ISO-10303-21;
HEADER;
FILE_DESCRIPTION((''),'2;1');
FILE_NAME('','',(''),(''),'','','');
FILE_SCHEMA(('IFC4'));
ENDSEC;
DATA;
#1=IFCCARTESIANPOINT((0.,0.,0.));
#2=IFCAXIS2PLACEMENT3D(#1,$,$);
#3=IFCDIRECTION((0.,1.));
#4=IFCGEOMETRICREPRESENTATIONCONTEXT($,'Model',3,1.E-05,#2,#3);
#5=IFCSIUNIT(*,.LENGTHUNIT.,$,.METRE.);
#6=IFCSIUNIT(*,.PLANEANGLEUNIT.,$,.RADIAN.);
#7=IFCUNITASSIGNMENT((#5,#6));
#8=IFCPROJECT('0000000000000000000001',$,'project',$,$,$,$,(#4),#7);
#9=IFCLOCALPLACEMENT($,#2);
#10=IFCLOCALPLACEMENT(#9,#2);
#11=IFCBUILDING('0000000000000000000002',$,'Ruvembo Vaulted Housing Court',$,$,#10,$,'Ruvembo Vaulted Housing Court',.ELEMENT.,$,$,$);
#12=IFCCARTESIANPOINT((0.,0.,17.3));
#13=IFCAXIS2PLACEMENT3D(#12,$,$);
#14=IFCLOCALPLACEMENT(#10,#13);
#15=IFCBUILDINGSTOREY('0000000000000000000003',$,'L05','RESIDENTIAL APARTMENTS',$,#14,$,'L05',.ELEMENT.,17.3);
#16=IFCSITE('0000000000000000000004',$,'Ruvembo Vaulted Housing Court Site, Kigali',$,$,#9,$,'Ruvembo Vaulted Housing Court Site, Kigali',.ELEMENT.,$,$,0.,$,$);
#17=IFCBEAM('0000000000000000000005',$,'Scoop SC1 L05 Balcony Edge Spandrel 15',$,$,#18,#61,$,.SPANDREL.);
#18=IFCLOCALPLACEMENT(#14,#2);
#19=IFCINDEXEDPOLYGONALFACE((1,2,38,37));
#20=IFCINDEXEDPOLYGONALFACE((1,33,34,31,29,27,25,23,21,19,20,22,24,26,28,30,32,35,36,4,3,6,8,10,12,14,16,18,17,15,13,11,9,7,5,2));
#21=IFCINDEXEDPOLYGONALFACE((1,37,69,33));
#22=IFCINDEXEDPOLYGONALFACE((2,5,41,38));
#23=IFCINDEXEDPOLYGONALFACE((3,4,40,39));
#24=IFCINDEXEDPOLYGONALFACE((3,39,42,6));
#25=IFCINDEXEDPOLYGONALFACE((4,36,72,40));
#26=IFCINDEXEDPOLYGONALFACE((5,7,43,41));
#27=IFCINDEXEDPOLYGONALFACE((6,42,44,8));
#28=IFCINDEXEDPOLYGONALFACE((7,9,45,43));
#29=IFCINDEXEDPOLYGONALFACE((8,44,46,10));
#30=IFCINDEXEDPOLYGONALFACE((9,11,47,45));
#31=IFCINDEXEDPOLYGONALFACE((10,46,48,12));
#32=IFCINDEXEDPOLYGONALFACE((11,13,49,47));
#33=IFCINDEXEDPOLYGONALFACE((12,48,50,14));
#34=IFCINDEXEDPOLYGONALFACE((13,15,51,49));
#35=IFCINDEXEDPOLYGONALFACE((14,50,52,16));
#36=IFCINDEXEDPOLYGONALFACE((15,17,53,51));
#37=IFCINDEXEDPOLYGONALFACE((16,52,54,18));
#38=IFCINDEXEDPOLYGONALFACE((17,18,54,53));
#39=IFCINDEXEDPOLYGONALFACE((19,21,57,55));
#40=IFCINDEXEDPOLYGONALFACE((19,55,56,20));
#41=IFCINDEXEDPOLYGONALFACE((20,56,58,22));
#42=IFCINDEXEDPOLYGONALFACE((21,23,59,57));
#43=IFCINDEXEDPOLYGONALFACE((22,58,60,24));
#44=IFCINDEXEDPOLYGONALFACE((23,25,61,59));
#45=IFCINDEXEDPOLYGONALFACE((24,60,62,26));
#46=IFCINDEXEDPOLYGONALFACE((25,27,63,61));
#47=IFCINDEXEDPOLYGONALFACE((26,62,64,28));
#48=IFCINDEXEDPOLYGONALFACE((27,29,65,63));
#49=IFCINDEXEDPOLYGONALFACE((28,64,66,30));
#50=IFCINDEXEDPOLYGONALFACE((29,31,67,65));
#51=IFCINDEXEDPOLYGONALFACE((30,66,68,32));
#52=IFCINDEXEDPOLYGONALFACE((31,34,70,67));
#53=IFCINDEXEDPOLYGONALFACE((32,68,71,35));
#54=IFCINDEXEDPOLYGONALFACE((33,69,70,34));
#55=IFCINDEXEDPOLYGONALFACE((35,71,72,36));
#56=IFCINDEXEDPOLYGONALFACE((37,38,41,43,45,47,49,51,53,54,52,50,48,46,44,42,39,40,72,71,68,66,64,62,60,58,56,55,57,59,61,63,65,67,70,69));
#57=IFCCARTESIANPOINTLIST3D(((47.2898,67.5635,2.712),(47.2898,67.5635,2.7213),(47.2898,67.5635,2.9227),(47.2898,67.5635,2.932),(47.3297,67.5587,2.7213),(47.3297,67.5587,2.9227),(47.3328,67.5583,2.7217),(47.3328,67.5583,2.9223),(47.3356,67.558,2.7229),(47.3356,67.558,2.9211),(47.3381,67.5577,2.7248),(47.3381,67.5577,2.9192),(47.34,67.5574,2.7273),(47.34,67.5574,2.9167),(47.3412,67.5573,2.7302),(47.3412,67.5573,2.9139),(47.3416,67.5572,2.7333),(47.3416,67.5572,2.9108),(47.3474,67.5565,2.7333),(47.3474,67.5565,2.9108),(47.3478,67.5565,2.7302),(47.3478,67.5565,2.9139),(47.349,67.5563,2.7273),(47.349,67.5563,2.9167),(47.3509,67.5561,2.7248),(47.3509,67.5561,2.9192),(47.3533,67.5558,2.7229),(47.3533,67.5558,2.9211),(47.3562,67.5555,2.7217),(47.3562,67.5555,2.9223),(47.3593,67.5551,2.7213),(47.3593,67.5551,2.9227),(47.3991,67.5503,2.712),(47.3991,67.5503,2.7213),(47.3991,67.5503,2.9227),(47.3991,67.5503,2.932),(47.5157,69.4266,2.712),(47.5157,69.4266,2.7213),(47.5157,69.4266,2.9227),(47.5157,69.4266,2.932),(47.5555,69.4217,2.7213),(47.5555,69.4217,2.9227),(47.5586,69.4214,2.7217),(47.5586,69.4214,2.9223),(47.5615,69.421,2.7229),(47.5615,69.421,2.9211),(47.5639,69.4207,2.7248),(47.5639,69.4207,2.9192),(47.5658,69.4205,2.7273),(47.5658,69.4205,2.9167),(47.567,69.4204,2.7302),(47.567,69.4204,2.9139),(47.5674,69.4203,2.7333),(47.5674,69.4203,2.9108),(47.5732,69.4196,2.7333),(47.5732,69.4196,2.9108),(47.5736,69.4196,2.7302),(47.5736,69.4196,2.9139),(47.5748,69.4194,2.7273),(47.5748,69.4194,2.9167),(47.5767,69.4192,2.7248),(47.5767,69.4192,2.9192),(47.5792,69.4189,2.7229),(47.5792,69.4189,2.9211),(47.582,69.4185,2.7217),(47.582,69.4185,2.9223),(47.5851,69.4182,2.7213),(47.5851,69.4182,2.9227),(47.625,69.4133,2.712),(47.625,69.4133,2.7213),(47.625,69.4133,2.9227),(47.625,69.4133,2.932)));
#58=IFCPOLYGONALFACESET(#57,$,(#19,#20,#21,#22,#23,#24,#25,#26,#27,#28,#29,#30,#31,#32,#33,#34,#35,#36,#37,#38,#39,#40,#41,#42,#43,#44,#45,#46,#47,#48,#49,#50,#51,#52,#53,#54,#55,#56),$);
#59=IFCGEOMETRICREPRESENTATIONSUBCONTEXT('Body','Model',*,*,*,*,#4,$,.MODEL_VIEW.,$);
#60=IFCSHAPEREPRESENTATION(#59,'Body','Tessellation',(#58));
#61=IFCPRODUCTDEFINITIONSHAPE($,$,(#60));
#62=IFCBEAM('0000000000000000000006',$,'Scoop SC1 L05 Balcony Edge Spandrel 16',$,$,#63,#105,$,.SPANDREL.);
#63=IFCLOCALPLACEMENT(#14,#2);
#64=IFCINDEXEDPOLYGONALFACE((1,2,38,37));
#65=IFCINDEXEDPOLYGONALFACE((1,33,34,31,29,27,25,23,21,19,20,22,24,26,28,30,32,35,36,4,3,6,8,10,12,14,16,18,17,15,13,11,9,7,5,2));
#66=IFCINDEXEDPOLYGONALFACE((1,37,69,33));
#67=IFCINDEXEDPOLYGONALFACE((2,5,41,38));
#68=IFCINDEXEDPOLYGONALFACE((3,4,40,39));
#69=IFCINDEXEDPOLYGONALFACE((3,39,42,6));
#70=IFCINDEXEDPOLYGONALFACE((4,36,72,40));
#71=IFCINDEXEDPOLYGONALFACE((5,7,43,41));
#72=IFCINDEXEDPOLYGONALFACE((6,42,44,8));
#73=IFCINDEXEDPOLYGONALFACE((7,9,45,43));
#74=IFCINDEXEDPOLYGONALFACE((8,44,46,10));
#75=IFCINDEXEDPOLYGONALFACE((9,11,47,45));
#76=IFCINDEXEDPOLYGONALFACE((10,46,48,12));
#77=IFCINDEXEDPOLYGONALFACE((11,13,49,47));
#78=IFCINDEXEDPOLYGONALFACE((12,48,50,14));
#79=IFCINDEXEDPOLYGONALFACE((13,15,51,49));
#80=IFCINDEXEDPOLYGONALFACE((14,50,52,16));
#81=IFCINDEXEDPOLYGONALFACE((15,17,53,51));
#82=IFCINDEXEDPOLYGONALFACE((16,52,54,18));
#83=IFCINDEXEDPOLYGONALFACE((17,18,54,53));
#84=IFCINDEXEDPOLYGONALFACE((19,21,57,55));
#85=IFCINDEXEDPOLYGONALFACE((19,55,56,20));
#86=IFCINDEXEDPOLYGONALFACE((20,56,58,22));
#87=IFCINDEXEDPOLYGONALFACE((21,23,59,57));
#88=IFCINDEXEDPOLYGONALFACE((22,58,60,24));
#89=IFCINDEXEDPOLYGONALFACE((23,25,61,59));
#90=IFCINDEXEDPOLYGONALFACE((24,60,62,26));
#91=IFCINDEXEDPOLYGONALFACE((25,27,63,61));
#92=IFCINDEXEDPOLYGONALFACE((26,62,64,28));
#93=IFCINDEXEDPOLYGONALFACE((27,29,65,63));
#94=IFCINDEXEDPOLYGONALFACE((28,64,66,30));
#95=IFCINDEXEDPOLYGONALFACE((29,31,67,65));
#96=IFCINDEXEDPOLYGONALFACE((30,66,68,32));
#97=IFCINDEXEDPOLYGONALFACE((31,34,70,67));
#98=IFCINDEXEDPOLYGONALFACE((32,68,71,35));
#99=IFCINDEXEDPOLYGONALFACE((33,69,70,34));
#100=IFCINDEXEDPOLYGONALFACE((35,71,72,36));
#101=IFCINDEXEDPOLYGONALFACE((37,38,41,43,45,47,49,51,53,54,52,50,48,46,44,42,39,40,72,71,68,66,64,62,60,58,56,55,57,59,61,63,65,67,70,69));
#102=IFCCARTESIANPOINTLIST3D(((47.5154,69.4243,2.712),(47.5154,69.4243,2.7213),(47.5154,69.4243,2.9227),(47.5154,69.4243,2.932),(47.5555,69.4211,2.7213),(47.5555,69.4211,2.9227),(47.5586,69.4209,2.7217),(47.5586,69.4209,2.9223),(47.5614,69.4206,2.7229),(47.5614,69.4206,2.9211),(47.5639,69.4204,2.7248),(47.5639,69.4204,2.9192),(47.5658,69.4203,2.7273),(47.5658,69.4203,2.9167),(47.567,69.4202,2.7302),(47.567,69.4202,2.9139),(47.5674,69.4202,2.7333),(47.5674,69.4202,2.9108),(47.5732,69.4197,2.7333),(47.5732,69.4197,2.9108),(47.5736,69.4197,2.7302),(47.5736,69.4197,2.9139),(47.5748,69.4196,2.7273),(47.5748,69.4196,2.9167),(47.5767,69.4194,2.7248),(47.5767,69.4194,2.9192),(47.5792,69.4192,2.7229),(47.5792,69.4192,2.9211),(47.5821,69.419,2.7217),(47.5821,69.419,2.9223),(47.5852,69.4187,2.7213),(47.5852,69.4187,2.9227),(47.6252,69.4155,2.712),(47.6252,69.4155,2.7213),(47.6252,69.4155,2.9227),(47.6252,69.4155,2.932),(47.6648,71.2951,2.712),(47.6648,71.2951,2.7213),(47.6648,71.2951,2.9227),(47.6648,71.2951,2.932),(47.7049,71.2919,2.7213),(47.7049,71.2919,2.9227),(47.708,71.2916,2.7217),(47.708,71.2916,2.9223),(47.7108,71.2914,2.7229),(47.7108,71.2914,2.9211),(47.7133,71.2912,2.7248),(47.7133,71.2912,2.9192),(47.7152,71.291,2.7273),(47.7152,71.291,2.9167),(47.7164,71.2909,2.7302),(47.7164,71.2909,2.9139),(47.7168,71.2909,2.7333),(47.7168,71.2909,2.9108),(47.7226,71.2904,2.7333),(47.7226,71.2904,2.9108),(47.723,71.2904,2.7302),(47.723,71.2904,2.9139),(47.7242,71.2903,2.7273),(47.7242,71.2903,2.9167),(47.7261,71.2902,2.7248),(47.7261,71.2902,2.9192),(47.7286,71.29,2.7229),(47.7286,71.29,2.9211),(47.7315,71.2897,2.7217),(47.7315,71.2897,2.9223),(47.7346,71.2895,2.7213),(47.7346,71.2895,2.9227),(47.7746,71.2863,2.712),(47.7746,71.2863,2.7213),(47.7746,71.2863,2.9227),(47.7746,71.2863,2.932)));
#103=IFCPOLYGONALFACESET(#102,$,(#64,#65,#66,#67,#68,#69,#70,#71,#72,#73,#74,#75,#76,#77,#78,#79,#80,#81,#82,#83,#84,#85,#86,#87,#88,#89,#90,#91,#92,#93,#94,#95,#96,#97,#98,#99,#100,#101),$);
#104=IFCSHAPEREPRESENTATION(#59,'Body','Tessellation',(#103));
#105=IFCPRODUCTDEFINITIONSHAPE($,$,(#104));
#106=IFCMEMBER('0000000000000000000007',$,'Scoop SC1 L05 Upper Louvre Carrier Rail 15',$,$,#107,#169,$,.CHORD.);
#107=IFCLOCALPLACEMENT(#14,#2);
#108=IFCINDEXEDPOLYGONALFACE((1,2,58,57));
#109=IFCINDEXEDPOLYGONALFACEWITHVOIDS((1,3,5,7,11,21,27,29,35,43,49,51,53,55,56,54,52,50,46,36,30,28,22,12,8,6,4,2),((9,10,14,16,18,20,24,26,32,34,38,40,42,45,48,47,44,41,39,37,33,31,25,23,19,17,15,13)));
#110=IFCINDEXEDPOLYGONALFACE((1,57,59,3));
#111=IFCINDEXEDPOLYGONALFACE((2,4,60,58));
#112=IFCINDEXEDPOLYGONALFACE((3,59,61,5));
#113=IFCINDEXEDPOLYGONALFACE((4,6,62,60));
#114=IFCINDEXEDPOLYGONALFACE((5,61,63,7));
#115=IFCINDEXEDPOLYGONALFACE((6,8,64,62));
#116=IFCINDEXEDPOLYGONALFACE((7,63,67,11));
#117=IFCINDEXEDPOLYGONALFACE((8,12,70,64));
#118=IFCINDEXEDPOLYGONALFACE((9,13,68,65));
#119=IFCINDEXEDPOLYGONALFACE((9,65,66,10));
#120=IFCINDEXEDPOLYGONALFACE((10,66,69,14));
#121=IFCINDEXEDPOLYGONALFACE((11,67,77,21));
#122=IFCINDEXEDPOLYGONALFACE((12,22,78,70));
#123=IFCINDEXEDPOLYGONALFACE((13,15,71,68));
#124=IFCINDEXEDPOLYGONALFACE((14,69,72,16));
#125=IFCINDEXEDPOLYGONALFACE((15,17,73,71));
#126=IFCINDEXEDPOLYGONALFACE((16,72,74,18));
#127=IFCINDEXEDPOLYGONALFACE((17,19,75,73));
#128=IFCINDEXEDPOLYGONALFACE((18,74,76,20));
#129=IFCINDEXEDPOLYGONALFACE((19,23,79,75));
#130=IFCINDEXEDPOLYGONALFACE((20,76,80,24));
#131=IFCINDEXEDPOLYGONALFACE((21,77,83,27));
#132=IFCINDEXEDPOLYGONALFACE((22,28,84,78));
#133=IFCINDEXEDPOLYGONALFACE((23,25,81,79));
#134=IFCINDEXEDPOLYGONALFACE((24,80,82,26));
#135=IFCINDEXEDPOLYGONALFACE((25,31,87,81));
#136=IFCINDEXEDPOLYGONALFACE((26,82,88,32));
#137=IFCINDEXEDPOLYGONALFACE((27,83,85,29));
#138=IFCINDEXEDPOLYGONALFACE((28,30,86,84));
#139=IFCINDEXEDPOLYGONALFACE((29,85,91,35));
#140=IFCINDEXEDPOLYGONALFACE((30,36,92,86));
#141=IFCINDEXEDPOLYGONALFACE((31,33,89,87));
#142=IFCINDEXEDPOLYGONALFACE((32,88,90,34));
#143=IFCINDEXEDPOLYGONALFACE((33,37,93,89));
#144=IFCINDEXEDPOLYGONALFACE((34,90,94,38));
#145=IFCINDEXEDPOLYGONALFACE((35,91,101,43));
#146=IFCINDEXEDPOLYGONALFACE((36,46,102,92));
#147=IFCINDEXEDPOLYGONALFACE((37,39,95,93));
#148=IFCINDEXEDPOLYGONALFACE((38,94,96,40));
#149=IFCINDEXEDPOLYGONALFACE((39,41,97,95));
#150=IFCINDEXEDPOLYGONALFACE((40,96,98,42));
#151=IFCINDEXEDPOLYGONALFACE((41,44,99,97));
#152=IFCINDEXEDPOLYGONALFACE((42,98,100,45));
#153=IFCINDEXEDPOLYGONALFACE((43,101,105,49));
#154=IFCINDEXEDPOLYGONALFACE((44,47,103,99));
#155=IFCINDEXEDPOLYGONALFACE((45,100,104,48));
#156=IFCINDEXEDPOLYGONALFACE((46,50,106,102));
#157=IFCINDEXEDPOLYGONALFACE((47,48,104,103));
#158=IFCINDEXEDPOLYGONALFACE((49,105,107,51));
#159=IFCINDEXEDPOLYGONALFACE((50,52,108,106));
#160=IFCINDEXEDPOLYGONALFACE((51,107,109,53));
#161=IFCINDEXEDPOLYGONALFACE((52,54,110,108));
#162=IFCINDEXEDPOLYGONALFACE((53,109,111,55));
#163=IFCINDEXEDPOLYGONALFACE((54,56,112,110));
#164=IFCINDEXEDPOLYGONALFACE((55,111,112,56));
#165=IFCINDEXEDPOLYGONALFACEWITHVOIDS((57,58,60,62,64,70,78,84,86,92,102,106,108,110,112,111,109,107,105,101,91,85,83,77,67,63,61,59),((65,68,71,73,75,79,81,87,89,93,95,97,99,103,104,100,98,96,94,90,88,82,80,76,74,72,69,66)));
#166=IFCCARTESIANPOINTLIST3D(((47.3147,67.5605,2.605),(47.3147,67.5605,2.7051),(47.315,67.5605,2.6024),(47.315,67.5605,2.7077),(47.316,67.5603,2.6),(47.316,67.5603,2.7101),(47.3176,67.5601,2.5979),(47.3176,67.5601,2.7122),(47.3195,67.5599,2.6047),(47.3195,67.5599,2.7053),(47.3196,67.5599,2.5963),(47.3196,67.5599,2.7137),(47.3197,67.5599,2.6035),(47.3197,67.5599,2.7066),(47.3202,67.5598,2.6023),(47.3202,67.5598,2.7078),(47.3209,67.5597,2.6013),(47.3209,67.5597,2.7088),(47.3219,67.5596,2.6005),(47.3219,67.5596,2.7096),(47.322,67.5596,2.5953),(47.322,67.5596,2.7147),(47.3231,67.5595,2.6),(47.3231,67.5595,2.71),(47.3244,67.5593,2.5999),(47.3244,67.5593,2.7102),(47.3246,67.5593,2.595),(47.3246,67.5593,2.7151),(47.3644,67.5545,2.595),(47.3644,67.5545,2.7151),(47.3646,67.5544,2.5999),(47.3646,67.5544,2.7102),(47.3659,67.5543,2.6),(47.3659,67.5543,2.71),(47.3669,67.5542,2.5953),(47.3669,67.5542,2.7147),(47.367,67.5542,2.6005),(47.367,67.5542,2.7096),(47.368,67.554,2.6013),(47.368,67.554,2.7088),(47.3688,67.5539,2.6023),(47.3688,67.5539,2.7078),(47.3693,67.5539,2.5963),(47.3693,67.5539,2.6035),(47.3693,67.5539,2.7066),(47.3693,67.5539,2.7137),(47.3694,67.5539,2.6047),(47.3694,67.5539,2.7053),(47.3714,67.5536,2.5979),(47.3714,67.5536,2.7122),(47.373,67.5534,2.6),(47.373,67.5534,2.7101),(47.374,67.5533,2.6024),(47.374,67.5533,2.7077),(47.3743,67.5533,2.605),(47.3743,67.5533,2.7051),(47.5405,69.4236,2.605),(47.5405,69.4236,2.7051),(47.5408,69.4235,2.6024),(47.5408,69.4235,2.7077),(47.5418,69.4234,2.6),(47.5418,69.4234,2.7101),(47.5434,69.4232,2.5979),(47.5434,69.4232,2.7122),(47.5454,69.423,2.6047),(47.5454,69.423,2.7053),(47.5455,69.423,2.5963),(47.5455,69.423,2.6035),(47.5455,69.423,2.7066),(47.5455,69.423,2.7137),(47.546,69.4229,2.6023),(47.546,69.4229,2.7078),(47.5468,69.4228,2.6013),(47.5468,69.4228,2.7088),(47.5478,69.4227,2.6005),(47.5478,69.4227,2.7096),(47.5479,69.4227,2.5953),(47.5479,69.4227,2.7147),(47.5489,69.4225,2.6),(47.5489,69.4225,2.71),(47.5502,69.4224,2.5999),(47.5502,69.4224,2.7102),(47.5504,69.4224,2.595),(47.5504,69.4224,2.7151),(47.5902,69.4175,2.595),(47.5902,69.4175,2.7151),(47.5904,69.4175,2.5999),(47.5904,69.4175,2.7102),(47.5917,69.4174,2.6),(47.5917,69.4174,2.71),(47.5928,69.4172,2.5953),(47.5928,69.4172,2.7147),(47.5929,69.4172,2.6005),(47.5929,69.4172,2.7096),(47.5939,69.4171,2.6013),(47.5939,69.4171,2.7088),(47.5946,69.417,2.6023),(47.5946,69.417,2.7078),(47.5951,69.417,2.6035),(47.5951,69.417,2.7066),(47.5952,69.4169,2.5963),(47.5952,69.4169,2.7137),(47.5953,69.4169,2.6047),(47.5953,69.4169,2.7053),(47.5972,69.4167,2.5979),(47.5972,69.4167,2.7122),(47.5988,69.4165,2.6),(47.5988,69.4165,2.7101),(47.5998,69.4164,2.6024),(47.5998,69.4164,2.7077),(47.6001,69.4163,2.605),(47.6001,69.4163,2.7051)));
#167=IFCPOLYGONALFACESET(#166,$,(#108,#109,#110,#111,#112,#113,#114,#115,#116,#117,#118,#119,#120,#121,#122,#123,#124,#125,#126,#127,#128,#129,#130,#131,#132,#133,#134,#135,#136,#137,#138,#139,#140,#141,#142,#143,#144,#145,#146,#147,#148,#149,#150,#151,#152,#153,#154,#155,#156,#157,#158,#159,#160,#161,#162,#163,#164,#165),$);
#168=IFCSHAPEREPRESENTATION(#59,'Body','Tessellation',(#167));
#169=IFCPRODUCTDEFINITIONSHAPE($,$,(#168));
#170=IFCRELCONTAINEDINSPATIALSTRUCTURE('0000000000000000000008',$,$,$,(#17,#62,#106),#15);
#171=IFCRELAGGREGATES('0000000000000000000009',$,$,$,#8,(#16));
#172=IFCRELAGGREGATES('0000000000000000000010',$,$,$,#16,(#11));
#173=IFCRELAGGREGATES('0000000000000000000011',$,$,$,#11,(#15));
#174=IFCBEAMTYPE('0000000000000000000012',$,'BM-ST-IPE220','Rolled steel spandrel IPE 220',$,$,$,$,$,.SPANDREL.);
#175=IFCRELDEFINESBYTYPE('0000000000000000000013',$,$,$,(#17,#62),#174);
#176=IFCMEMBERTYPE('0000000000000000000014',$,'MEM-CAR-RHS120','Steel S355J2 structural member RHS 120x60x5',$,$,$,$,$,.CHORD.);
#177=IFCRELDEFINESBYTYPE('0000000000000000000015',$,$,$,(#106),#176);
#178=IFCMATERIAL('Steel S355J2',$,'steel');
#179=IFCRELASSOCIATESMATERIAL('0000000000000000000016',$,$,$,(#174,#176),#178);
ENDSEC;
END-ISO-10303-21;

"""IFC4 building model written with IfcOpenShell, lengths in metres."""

from ifc_helpers import new_model, si_unit, direction, frame, origin, origin_2d, place, context, subcontext, project, spatial, hollow_rectangle, i_section, extrude, material, material_profile, profile_set, type_object, element, save


model = new_model("IFC4")

# Units and contexts
model_context = context("Model", 3, precision=1e-05, world=origin(), true_north=direction((0.0, 1.0)))
body_context = subcontext(model_context, "Body", "Model", "MODEL_VIEW")
ifc_project = project(units=[si_unit("LENGTHUNIT", "METRE"), si_unit("PLANEANGLEUNIT", "RADIAN")], contexts=[model_context])

# Site, building, storey
site_placement = place(None, origin())
site = spatial("IfcSite", under=ifc_project, at=site_placement, Name="Ruvembo Vaulted Housing Court Site, Kigali", LongName="Ruvembo Vaulted Housing Court Site, Kigali", CompositionType="ELEMENT", RefElevation=0.0)
building_placement = place(site_placement, origin())
building = spatial("IfcBuilding", under=site, at=building_placement, Name="Ruvembo Vaulted Housing Court", LongName="Ruvembo Vaulted Housing Court", CompositionType="ELEMENT")
storey_placement = place(building_placement, frame((0.0, 0.0, 17.3)))
storey = spatial("IfcBuildingStorey", under=building, at=storey_placement, Name="L05", Description="RESIDENTIAL APARTMENTS", LongName="L05", CompositionType="ELEMENT", Elevation=17.3)

# Beams
ifc_material_1 = material(Name="Steel S355J2", Category="steel")
ifc_material_profile_1 = material_profile(ifc_material_1, i_section(OverallWidth=0.1101, OverallDepth=0.22, WebThickness=0.0059, FlangeThickness=0.0093, FilletRadius=0.012, at=origin_2d()), Name="IPE 220")
ifc_profile_set_1 = profile_set([ifc_material_profile_1], Name="Steel S355J2")
beam_type = type_object("IfcBeamType", Name="BM-ST-IPE220", Description="Rolled steel spandrel IPE 220", PredefinedType="SPANDREL", material=ifc_profile_set_1)
for number, where, z_axis, x_axis, name in (
    (1, (47.3445, 67.5569, 2.822), (0.120335, 0.992733, 0.0), (-0.992733, 0.120335, 0.0), "Scoop SC1 L05 Balcony Edge Spandrel 15"),
    (2, (47.5703, 69.4199, 2.822), (0.079611, 0.996826, 0.0), (-0.996826, 0.079611, 0.0), "Scoop SC1 L05 Balcony Edge Spandrel 16"),
):
    element("IfcBeam", number, at=place(storey_placement, frame(where, z_axis=z_axis, x_axis=x_axis)), inside=storey, type_object=beam_type, Name=name, PredefinedType="SPANDREL", context=body_context, shape_type="SweptSolid", body=[
        extrude(i_section(OverallWidth=0.1101, OverallDepth=0.22, WebThickness=0.0059, FlangeThickness=0.0093, FilletRadius=0.012, at=origin_2d()), origin(), (0.0, 0.0, 1.0), 1.8767),
    ])

# Member
ifc_material_profile_2 = material_profile(ifc_material_1, hollow_rectangle(XDim=0.0601, YDim=0.1201, WallThickness=0.0049, InnerFilletRadius=0.0049, OuterFilletRadius=0.01, at=origin_2d()), Name="RHS 120x60x5")
ifc_profile_set_2 = profile_set([ifc_material_profile_2], Name="Steel S355J2")
member_type_1 = type_object("IfcMemberType", Name="MEM-CAR-RHS120", Description="Steel S355J2 structural member RHS 120x60x5", PredefinedType="CHORD", material=ifc_profile_set_2)
member_1_placement = place(storey_placement, frame((47.3445, 67.5569, 2.655), z_axis=(0.120335, 0.992733, 0.0), x_axis=(-0.992733, 0.120335, 0.0)))
element("IfcMember", 3, at=member_1_placement, inside=storey, type_object=member_type_1, Name="Scoop SC1 L05 Upper Louvre Carrier Rail 15", PredefinedType="CHORD", context=body_context, shape_type="SweptSolid", body=[
    extrude(hollow_rectangle(XDim=0.0601, YDim=0.1201, WallThickness=0.0049, InnerFilletRadius=0.0049, OuterFilletRadius=0.01, at=origin_2d()), origin(), (0.0, 0.0, 1.0), 1.8767),
])

save(model, "model.ifc")
